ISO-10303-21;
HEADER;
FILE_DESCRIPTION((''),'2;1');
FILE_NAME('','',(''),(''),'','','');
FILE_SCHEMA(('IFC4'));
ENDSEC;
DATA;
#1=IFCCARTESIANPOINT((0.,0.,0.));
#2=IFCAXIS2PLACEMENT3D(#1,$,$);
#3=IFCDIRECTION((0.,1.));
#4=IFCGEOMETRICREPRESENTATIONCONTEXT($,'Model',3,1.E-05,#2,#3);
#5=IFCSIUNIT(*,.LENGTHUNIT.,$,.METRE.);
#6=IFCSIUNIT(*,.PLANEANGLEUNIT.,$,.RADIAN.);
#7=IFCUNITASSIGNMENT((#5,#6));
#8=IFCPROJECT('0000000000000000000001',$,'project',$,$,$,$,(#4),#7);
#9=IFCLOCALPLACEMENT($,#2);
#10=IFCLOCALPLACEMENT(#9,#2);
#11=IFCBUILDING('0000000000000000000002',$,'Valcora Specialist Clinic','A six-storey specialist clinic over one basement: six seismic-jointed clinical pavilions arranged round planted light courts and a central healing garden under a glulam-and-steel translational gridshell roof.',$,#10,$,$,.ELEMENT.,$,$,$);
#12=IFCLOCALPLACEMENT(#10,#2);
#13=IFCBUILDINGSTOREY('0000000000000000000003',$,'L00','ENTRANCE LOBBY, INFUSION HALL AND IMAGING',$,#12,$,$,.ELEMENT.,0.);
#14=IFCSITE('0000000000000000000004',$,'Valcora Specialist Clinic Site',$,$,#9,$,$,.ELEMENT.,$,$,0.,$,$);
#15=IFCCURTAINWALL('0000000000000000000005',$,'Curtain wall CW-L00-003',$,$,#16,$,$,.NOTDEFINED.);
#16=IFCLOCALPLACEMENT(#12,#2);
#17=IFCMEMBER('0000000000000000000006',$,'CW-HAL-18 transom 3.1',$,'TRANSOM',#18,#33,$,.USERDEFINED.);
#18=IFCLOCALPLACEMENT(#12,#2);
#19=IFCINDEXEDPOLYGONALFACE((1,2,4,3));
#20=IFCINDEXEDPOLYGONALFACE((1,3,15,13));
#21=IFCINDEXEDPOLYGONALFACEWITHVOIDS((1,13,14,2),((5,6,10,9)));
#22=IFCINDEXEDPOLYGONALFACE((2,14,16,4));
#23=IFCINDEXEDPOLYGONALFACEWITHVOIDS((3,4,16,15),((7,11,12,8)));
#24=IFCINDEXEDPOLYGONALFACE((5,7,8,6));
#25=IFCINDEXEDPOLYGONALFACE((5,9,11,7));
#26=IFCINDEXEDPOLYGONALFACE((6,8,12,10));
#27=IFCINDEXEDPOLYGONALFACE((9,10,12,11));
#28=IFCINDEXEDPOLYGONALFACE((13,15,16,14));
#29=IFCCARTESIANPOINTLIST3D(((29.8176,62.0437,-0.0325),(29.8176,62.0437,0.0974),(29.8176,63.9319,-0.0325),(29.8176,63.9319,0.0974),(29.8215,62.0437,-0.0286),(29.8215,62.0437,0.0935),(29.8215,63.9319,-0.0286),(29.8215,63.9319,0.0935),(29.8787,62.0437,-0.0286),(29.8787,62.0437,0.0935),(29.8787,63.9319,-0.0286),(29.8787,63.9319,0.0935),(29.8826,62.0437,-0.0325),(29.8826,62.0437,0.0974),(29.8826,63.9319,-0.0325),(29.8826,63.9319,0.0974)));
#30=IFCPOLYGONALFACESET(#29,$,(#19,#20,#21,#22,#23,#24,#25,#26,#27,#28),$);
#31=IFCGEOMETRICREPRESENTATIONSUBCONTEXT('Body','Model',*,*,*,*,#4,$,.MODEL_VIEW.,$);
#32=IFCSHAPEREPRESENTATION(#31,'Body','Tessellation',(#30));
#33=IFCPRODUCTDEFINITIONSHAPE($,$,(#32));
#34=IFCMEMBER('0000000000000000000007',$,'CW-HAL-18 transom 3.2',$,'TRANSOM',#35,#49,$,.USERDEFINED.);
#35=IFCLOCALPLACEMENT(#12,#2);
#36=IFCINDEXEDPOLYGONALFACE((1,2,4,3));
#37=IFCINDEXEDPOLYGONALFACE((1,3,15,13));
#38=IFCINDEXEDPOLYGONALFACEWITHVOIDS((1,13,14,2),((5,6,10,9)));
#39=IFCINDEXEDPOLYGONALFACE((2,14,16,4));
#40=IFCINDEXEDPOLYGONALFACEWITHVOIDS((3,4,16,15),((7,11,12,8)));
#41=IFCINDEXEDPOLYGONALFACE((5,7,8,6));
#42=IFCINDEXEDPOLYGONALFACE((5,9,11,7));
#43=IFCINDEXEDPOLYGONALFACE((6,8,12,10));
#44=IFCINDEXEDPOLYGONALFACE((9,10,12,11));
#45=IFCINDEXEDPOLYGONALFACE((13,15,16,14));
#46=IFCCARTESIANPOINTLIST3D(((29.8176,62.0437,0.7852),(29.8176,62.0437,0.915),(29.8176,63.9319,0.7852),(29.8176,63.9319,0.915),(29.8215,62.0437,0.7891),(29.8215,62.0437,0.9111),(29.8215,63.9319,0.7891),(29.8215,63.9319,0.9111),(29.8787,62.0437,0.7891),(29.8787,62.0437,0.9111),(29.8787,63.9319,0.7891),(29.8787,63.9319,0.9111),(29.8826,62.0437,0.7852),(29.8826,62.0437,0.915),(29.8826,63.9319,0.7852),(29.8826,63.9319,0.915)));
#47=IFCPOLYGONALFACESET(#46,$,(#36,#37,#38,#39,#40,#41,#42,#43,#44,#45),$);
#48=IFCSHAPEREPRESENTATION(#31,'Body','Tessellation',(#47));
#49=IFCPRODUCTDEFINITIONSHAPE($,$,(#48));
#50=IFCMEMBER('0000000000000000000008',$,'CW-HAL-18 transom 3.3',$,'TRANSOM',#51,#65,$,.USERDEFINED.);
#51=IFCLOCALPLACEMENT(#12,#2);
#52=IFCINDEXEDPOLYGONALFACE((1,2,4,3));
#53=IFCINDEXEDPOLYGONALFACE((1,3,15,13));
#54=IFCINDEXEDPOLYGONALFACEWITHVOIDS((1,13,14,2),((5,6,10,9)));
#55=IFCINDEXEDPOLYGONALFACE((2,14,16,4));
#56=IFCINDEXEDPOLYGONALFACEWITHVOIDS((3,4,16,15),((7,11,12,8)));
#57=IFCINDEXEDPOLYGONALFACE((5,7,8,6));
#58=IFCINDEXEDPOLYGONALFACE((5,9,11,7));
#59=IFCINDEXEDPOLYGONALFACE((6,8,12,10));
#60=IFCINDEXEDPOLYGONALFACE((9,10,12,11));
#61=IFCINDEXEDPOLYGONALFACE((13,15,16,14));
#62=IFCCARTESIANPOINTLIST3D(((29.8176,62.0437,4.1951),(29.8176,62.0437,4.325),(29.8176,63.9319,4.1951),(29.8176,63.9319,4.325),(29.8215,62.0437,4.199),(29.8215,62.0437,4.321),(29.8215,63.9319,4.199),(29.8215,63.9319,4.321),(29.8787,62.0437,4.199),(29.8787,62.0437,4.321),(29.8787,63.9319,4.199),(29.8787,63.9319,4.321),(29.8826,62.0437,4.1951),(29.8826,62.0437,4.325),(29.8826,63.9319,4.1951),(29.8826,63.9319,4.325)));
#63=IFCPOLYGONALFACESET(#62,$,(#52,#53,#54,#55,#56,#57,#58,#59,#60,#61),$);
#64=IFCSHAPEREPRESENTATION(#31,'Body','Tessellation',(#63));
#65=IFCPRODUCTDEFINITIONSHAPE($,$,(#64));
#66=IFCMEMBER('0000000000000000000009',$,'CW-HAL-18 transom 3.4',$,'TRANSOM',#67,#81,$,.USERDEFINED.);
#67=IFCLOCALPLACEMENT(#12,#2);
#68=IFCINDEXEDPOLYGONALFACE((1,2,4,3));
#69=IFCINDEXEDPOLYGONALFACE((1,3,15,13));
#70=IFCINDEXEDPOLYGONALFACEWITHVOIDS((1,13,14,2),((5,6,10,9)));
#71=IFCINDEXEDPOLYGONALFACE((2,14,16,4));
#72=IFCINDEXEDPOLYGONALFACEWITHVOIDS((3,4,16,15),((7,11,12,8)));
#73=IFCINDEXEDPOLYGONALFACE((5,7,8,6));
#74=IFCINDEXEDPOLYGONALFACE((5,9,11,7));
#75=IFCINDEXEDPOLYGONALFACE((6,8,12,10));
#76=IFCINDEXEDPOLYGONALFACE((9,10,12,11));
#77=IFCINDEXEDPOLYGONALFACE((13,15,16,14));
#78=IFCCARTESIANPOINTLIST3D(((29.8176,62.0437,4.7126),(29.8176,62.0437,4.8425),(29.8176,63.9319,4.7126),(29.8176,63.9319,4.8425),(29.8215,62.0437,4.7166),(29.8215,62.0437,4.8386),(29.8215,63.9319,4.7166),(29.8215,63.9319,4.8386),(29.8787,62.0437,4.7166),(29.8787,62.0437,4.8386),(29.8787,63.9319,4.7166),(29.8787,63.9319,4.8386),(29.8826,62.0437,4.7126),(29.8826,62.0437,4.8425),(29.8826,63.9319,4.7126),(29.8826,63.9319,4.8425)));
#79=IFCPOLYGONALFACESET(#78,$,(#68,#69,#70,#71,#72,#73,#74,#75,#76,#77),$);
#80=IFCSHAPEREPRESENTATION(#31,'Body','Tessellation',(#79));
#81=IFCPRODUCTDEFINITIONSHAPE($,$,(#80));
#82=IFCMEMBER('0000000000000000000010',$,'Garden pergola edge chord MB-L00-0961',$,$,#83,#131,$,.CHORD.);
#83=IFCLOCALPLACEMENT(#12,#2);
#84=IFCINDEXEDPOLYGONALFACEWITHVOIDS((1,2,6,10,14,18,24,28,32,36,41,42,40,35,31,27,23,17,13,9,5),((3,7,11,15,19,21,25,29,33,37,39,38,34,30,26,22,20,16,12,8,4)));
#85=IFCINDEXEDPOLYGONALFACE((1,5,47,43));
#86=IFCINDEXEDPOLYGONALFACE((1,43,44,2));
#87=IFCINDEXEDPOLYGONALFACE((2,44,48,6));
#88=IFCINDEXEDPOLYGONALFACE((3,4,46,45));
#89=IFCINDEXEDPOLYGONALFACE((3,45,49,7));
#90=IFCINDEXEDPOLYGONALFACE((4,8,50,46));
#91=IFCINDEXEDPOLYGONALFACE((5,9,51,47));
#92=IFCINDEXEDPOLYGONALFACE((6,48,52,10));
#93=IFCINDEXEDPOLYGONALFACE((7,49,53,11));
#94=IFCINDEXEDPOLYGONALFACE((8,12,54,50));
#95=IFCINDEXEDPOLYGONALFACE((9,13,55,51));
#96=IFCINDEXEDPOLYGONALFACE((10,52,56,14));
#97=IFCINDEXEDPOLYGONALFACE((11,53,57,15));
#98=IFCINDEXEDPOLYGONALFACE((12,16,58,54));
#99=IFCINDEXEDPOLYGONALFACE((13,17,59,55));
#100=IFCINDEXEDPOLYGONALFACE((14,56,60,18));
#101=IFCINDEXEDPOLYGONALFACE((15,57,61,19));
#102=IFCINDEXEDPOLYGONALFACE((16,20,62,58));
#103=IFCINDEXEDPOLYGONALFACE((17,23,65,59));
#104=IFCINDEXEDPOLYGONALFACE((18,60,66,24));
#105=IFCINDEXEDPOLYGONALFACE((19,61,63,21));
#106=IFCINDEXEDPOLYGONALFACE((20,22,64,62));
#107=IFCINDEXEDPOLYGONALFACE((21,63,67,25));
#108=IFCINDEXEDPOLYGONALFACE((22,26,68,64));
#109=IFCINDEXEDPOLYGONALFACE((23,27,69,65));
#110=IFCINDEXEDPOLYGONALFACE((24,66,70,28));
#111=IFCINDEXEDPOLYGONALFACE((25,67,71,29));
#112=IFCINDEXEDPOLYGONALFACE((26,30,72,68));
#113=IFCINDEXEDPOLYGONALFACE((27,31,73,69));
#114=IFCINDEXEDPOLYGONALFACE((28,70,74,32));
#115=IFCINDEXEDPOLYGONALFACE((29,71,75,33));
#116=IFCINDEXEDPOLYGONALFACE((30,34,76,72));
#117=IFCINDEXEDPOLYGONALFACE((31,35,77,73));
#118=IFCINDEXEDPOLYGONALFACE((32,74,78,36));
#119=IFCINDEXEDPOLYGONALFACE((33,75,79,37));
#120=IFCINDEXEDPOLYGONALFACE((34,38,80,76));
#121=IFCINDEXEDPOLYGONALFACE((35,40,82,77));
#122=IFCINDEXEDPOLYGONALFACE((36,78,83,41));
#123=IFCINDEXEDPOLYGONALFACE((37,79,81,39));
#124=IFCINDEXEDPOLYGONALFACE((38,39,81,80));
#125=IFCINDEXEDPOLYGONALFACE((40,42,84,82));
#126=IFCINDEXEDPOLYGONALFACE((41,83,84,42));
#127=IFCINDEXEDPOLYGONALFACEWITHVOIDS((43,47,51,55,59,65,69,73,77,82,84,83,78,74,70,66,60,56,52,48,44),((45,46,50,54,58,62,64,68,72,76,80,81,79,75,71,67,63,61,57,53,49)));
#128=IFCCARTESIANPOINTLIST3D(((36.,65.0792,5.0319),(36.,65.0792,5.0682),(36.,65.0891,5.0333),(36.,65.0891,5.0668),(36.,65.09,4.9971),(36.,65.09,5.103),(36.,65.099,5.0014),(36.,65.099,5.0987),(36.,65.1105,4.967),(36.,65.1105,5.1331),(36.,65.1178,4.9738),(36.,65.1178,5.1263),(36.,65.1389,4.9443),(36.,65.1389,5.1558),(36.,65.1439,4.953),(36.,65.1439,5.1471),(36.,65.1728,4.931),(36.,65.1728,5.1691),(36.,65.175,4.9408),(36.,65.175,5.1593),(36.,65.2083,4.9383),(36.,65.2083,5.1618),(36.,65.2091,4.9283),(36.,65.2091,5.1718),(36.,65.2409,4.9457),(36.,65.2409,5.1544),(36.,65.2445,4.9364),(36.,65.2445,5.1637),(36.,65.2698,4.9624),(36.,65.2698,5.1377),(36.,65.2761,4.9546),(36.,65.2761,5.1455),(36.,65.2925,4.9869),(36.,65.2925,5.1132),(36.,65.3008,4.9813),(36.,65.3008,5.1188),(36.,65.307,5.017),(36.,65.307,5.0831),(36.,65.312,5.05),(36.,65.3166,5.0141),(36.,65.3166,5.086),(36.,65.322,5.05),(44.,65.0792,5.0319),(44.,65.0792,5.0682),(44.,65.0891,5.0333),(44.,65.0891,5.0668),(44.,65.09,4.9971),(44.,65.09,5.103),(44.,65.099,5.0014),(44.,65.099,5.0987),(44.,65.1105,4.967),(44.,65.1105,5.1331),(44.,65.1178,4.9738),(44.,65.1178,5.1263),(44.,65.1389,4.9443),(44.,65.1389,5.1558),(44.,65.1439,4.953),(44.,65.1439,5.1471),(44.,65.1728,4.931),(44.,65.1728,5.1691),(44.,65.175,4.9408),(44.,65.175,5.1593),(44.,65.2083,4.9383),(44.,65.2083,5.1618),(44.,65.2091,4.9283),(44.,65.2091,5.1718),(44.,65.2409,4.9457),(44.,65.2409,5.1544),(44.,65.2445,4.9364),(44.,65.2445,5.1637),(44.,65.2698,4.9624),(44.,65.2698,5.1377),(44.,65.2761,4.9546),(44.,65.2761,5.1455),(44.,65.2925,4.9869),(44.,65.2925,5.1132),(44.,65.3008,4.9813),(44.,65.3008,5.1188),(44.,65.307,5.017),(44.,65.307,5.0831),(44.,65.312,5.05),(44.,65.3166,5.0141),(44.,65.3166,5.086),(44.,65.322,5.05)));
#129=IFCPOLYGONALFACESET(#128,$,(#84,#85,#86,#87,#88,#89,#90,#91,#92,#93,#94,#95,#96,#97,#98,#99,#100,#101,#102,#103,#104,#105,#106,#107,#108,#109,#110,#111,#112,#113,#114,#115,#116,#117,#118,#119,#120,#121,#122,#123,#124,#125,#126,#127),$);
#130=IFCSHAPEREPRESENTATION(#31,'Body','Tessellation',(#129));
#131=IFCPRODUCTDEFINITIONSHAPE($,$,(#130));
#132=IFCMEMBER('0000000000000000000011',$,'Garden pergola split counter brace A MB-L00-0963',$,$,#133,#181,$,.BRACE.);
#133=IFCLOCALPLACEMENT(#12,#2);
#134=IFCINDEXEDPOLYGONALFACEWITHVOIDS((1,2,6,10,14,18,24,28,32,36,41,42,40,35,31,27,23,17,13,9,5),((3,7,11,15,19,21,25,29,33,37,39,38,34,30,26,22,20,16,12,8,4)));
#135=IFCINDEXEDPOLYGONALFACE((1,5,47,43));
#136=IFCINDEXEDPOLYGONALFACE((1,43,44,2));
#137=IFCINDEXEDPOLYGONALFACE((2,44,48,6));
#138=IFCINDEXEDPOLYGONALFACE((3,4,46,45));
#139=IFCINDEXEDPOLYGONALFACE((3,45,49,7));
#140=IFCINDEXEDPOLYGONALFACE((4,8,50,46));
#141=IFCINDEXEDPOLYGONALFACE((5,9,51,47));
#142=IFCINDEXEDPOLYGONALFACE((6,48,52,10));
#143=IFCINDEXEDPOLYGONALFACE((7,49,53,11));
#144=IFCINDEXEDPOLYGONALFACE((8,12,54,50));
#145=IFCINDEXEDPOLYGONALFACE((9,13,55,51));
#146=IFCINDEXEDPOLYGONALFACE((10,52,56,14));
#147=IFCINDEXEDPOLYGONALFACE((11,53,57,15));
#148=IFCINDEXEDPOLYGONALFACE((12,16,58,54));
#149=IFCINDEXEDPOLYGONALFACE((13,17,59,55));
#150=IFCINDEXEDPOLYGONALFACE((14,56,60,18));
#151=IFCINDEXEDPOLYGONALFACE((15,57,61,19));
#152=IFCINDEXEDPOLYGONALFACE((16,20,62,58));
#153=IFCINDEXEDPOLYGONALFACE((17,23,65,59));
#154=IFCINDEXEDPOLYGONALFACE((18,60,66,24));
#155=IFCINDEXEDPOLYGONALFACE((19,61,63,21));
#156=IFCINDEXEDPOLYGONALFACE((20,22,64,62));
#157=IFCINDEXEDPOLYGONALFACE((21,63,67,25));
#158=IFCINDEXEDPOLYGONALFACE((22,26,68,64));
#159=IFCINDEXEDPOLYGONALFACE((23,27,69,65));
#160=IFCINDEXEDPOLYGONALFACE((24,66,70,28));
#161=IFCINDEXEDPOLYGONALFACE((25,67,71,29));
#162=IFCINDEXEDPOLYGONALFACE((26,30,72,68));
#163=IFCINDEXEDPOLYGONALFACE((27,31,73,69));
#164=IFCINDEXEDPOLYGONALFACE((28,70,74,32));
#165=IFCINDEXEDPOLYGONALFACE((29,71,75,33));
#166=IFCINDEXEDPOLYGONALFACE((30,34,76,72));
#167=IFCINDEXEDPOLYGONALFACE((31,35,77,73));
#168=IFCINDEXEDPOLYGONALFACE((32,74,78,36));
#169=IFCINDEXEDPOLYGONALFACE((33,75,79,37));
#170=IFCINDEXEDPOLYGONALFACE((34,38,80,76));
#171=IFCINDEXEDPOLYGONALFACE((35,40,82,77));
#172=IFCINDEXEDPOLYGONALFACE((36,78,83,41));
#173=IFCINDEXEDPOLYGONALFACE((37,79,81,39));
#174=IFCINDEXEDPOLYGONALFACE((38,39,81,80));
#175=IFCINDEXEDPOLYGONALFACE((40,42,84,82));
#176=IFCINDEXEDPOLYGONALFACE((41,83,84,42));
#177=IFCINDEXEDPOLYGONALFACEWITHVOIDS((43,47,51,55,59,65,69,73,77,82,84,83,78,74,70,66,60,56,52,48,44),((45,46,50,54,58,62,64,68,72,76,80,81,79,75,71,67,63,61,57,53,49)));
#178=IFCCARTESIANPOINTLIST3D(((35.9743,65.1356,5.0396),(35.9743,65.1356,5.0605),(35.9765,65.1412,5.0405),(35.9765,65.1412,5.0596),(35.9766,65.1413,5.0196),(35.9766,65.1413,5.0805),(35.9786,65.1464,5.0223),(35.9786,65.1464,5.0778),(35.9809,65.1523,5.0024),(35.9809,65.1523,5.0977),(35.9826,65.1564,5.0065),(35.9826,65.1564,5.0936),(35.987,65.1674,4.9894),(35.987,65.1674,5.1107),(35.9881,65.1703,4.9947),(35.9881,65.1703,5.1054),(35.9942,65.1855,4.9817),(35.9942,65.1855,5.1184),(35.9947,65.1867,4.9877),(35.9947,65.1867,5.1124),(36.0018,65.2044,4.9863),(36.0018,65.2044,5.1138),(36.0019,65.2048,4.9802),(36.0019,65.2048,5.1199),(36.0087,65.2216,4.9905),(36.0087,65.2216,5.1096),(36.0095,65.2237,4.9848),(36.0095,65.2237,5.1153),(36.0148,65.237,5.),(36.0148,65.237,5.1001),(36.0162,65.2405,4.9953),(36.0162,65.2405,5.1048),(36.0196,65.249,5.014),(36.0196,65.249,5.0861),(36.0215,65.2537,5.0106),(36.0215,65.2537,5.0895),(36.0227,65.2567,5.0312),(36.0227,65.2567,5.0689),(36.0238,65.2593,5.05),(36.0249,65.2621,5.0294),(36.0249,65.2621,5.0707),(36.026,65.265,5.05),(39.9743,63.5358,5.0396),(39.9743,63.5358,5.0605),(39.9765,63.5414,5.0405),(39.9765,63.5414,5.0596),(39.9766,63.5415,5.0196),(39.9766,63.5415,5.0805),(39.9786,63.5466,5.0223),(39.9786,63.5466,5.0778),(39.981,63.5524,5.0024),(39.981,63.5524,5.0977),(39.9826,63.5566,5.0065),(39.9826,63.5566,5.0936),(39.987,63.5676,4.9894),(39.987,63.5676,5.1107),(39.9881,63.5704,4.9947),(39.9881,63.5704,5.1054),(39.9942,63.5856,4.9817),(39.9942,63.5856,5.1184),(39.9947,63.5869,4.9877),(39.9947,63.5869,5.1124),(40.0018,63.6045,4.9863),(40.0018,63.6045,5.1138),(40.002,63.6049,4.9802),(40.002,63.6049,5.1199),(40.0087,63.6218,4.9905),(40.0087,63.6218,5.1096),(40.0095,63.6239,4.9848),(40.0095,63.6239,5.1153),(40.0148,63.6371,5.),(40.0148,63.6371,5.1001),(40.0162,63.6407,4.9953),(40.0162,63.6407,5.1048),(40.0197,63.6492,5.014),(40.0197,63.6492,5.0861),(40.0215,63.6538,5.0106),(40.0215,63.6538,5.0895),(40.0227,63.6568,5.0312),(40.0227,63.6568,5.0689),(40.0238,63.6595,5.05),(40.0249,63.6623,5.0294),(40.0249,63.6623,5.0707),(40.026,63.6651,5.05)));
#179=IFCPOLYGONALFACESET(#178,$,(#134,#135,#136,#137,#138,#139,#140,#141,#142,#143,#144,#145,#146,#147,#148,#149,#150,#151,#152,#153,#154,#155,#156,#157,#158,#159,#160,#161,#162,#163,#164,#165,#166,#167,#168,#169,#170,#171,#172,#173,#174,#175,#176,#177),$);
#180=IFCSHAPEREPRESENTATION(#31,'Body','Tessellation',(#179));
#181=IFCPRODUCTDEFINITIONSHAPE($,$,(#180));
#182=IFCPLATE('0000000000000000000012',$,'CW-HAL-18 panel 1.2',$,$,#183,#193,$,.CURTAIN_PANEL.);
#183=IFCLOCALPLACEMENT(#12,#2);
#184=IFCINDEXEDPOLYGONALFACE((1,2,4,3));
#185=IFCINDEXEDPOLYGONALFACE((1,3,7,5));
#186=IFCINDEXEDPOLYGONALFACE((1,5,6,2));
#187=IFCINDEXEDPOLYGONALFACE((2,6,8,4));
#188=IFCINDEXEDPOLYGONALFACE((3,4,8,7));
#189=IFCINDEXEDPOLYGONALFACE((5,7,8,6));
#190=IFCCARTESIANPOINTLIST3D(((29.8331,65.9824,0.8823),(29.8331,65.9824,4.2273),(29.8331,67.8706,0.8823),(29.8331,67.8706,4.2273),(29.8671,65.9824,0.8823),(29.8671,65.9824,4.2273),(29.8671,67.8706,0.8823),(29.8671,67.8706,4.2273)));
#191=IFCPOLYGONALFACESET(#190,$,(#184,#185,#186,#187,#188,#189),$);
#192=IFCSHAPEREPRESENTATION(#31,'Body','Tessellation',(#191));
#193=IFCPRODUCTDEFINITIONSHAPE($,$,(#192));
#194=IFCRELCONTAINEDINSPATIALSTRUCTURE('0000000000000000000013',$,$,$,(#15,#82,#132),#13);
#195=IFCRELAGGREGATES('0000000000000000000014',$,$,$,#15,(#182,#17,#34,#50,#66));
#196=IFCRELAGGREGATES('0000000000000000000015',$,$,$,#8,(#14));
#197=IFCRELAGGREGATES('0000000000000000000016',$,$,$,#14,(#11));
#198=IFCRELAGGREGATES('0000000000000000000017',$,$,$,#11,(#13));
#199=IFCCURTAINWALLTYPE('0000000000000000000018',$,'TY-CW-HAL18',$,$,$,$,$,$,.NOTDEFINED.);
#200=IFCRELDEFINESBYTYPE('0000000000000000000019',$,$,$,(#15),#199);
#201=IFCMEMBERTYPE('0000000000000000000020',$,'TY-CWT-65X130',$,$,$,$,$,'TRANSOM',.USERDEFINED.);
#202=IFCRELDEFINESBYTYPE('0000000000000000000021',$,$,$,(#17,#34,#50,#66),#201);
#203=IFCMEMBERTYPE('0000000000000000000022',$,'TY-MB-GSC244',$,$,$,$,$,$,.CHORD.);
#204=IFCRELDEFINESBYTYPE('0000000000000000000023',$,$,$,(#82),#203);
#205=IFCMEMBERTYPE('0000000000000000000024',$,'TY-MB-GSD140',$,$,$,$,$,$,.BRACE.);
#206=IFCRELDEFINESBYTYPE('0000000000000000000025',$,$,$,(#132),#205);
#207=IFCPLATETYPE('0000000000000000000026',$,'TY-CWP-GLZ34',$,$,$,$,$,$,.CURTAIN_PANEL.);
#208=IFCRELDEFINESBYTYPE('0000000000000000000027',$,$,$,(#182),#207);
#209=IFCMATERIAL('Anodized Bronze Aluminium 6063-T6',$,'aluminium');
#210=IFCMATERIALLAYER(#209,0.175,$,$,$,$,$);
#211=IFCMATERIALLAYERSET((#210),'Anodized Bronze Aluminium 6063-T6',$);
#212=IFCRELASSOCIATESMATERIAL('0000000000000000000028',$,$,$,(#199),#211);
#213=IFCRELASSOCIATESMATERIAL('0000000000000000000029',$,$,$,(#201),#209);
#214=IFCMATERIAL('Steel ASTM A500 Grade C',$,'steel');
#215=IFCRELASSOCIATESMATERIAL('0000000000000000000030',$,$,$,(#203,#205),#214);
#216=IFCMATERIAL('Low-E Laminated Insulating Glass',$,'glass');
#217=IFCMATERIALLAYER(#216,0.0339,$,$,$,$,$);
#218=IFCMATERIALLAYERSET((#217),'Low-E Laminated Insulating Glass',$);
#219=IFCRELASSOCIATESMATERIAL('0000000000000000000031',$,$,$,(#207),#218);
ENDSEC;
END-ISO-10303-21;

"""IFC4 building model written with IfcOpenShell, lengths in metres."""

from ifc_helpers import new_model, si_unit, direction, frame, origin, origin_2d, place, context, subcontext, project, spatial, rectangle, hollow_rectangle, hollow_circle, extrude, material, layer, layer_set, material_profile, profile_set, type_object, element, aggregate, save


model = new_model("IFC4")

# Units and contexts
model_context = context("Model", 3, precision=1e-05, world=origin(), true_north=direction((0.0, 1.0)))
body_context = subcontext(model_context, "Body", "Model", "MODEL_VIEW")
ifc_project = project(units=[si_unit("LENGTHUNIT", "METRE"), si_unit("PLANEANGLEUNIT", "RADIAN")], contexts=[model_context])

# Site, building, storey
site_placement = place(None, origin())
site = spatial("IfcSite", under=ifc_project, at=site_placement, Name="Valcora Specialist Clinic Site", CompositionType="ELEMENT", RefElevation=0.0)
building_placement = place(site_placement, origin())
building = spatial("IfcBuilding", under=site, at=building_placement, Name="Valcora Specialist Clinic", Description="A six-storey specialist clinic over one basement: six seismic-jointed clinical pavilions arranged round planted light courts and a central healing garden under a glulam-and-steel translational gridshell roof.", CompositionType="ELEMENT")
storey_placement = place(building_placement, origin())
storey = spatial("IfcBuildingStorey", under=building, at=storey_placement, Name="L00", Description="ENTRANCE LOBBY, INFUSION HALL AND IMAGING", CompositionType="ELEMENT", Elevation=0.0)

# Curtain wall, members
ifc_material_1 = material(Name="Anodized Bronze Aluminium 6063-T6", Category="aluminium")
ifc_layer_1 = layer(ifc_material_1, 0.175)
ifc_layer_set_1 = layer_set([ifc_layer_1], Name="Anodized Bronze Aluminium 6063-T6")
curtain_wall_type = type_object("IfcCurtainWallType", Name="TY-CW-HAL18", PredefinedType="NOTDEFINED", material=ifc_layer_set_1)
curtain_wall_placement = place(storey_placement, origin())
curtain_wall = element("IfcCurtainWall", 1, at=curtain_wall_placement, inside=storey, type_object=curtain_wall_type, Name="Curtain wall CW-L00-003", PredefinedType="NOTDEFINED")
ifc_material_profile_1 = material_profile(ifc_material_1, hollow_rectangle(XDim=0.0649, YDim=0.1299, WallThickness=0.0039, at=origin_2d()), Name="AL-TRN-65X130")
ifc_profile_set_1 = profile_set([ifc_material_profile_1], Name="Anodized Bronze Aluminium 6063-T6")
member_type_1 = type_object("IfcMemberType", Name="TY-CWT-65X130", ElementType="TRANSOM", PredefinedType="USERDEFINED", material=ifc_profile_set_1)
member_1_placement = place(storey_placement, frame((29.8501, 63.9319, 0.0325), z_axis=(0.0, -1.0, 0.0), x_axis=(1.0, 0.0, 0.0)))
member_1 = element("IfcMember", 2, at=member_1_placement, type_object=member_type_1, Name="CW-HAL-18 transom 3.1", ObjectType="TRANSOM", PredefinedType="USERDEFINED", context=body_context, shape_type="SweptSolid", body=[
    extrude(hollow_rectangle(XDim=0.0649, YDim=0.1299, WallThickness=0.0039, at=origin_2d()), origin(), (0.0, 0.0, 1.0), 1.8882),
])
member_2_placement = place(storey_placement, frame((29.8501, 63.9319, 0.8501), z_axis=(0.0, -1.0, 0.0), x_axis=(1.0, 0.0, 0.0)))
member_2 = element("IfcMember", 3, at=member_2_placement, type_object=member_type_1, Name="CW-HAL-18 transom 3.2", ObjectType="TRANSOM", PredefinedType="USERDEFINED", context=body_context, shape_type="SweptSolid", body=[
    extrude(hollow_rectangle(XDim=0.0649, YDim=0.1299, WallThickness=0.0039, at=origin_2d()), origin(), (0.0, 0.0, 1.0), 1.8882),
])
member_3_placement = place(storey_placement, frame((29.8501, 63.9319, 4.26), z_axis=(0.0, -1.0, 0.0), x_axis=(1.0, 0.0, 0.0)))
member_3 = element("IfcMember", 4, at=member_3_placement, type_object=member_type_1, Name="CW-HAL-18 transom 3.3", ObjectType="TRANSOM", PredefinedType="USERDEFINED", context=body_context, shape_type="SweptSolid", body=[
    extrude(hollow_rectangle(XDim=0.0649, YDim=0.1299, WallThickness=0.0039, at=origin_2d()), origin(), (0.0, 0.0, 1.0), 1.8882),
])
member_4_placement = place(storey_placement, frame((29.8501, 63.9319, 4.7776), z_axis=(0.0, -1.0, 0.0), x_axis=(1.0, 0.0, 0.0)))
member_4 = element("IfcMember", 5, at=member_4_placement, type_object=member_type_1, Name="CW-HAL-18 transom 3.4", ObjectType="TRANSOM", PredefinedType="USERDEFINED", context=body_context, shape_type="SweptSolid", body=[
    extrude(hollow_rectangle(XDim=0.0649, YDim=0.1299, WallThickness=0.0039, at=origin_2d()), origin(), (0.0, 0.0, 1.0), 1.8882),
])

# Members
ifc_material_2 = material(Name="Steel ASTM A500 Grade C", Category="steel")
ifc_material_profile_2 = material_profile(ifc_material_2, hollow_circle(Radius=0.1221, WallThickness=0.01, at=origin_2d()), Name="ST-CHS-244X10")
ifc_profile_set_2 = profile_set([ifc_material_profile_2], Name="Steel ASTM A500 Grade C")
member_type_2 = type_object("IfcMemberType", Name="TY-MB-GSC244", PredefinedType="CHORD", material=ifc_profile_set_2)
member_5_placement = place(storey_placement, frame((36.0, 65.2, 5.05), z_axis=(1.0, 0.0, 0.0), x_axis=(0.0, 1.0, 0.0)))
element("IfcMember", 6, at=member_5_placement, inside=storey, type_object=member_type_2, Name="Garden pergola edge chord MB-L00-0961", PredefinedType="CHORD", context=body_context, shape_type="SweptSolid", body=[
    extrude(hollow_circle(Radius=0.1221, WallThickness=0.01, at=origin_2d()), origin(), (0.0, 0.0, 1.0), 8.0),
])
ifc_material_profile_3 = material_profile(ifc_material_2, hollow_circle(Radius=0.0701, WallThickness=0.0061, at=origin_2d()), Name="ST-CHS-140X6")
ifc_profile_set_3 = profile_set([ifc_material_profile_3], Name="Steel ASTM A500 Grade C")
member_type_3 = type_object("IfcMemberType", Name="TY-MB-GSD140", PredefinedType="BRACE", material=ifc_profile_set_3)
member_6_placement = place(storey_placement, frame((36.0, 65.2, 5.05), z_axis=(0.928488, -0.371361, 0.0), x_axis=(0.371361, 0.928488, 0.0)))
element("IfcMember", 7, at=member_6_placement, inside=storey, type_object=member_type_3, Name="Garden pergola split counter brace A MB-L00-0963", PredefinedType="BRACE", context=body_context, shape_type="SweptSolid", body=[
    extrude(hollow_circle(Radius=0.0701, WallThickness=0.0061, at=origin_2d()), origin(), (0.0, 0.0, 1.0), 4.3081),
])

# Plate
ifc_material_3 = material(Name="Low-E Laminated Insulating Glass", Category="glass")
ifc_layer_2 = layer(ifc_material_3, 0.0339)
ifc_layer_set_2 = layer_set([ifc_layer_2], Name="Low-E Laminated Insulating Glass")
plate_type_1 = type_object("IfcPlateType", Name="TY-CWP-GLZ34", PredefinedType="CURTAIN_PANEL", material=ifc_layer_set_2)
plate_1_placement = place(storey_placement, frame((29.8501, 66.9265, 0.8823), z_axis=(0.0, 0.0, 1.0), x_axis=(0.0, -1.0, 0.0)))
plate_1 = element("IfcPlate", 8, at=plate_1_placement, type_object=plate_type_1, Name="CW-HAL-18 panel 1.2", PredefinedType="CURTAIN_PANEL", context=body_context, shape_type="SweptSolid", body=[
    extrude(rectangle(XDim=1.8882, YDim=0.0339, at=origin_2d()), origin(), (0.0, 0.0, 1.0), 3.345),
])
aggregate(curtain_wall, [plate_1, member_1, member_2, member_3, member_4])

save(model, "model.ifc")
